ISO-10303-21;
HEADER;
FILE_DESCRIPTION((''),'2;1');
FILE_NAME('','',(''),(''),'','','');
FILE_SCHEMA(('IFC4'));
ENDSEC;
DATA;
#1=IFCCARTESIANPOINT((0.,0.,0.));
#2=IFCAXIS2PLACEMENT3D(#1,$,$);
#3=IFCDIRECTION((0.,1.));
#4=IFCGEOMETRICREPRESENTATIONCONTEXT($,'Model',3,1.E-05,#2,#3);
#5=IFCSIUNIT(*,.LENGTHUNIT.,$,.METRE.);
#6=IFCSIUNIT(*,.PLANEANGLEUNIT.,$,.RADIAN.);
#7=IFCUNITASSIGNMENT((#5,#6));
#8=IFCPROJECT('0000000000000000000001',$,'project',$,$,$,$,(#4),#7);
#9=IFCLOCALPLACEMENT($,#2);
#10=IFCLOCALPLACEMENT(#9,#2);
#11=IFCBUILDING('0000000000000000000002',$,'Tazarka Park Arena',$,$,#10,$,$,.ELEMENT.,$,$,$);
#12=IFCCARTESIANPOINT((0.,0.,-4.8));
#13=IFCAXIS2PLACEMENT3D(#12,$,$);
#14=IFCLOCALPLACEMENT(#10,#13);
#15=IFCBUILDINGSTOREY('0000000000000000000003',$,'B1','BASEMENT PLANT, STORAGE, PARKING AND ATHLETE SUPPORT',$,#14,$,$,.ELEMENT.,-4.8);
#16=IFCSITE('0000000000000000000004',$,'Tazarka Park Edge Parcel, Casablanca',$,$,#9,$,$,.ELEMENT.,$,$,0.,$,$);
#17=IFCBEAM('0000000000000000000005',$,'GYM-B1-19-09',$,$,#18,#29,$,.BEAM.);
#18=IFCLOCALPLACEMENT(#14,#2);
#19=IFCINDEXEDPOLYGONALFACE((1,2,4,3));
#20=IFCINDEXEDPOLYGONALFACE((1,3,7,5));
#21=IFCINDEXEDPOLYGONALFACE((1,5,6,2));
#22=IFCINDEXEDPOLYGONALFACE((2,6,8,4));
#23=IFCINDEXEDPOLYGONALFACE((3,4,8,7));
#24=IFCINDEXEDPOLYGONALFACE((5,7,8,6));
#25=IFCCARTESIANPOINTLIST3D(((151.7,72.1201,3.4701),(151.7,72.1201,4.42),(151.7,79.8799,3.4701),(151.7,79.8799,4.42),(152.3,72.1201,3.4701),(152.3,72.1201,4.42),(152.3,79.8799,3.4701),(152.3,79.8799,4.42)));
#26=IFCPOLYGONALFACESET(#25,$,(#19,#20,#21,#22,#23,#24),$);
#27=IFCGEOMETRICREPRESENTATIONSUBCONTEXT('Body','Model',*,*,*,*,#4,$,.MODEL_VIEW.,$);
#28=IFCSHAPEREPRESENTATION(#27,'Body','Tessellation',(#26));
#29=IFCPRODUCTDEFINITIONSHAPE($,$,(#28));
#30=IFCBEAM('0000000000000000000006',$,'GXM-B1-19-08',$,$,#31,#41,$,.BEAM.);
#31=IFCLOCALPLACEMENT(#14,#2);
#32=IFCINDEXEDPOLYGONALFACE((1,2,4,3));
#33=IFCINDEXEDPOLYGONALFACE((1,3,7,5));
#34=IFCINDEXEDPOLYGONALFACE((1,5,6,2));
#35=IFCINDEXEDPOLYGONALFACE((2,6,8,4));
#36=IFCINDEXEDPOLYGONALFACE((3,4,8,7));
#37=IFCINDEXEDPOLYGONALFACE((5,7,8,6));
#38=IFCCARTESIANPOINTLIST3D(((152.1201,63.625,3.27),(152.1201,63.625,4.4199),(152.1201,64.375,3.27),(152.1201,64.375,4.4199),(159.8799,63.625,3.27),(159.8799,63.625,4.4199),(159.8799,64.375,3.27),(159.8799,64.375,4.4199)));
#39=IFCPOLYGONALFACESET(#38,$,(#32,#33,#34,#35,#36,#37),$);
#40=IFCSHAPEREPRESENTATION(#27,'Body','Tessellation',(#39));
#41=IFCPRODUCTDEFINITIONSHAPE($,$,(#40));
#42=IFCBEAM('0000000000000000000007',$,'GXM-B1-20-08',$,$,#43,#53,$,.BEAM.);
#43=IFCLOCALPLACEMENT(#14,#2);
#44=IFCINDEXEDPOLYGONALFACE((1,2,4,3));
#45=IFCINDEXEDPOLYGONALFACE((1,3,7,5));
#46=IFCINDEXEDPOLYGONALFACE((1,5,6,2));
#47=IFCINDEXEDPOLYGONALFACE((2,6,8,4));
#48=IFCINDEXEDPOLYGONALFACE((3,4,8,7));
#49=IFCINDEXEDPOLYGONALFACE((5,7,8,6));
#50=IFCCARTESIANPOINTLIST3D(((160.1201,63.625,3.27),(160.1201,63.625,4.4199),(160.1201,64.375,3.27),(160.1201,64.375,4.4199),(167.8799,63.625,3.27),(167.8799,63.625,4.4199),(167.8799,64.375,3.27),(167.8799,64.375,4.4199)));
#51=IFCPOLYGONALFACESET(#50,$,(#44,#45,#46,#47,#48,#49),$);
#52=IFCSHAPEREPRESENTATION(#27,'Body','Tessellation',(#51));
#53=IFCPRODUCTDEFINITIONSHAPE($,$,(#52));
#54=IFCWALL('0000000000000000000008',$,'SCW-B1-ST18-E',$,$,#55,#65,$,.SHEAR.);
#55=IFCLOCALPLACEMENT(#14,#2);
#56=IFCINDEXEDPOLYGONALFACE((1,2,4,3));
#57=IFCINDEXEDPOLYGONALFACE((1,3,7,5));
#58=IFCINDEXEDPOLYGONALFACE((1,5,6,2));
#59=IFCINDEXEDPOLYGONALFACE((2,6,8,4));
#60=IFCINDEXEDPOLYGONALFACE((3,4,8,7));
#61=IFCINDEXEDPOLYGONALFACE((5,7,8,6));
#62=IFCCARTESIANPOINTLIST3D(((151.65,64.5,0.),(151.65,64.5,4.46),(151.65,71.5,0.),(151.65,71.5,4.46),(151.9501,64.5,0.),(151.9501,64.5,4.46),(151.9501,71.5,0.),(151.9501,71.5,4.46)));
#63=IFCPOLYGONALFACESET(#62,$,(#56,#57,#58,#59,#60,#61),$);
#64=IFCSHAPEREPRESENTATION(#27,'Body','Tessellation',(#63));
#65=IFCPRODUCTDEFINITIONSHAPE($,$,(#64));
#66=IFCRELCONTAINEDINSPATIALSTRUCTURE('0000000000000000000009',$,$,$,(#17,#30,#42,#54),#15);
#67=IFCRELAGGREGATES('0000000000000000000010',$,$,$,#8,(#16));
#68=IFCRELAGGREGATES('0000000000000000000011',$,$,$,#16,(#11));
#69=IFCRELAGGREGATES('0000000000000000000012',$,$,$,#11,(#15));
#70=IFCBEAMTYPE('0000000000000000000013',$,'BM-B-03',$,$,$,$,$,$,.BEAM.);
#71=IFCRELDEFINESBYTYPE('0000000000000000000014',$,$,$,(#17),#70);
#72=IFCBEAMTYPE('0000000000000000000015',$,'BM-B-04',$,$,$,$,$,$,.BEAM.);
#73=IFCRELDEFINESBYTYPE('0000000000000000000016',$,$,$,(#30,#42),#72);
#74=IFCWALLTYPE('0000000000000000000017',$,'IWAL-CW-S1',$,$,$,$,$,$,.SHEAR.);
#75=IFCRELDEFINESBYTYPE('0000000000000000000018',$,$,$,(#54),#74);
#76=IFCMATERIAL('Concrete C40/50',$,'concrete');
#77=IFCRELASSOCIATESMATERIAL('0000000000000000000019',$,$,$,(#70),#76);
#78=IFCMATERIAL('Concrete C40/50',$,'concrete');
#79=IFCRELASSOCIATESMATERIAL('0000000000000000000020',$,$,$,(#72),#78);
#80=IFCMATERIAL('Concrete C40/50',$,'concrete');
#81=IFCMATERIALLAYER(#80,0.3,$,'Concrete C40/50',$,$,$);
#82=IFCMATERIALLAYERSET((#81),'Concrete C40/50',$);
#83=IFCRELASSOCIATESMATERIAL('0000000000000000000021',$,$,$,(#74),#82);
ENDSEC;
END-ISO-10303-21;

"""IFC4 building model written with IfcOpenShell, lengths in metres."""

from ifc_helpers import new_model, si_unit, direction, frame, frame_2d, origin, origin_2d, place, context, subcontext, project, spatial, rectangle, extrude, material, layer, layer_set, material_profile, profile_set, type_object, element, save


model = new_model("IFC4")

# Units and contexts
model_context = context("Model", 3, precision=1e-05, world=origin(), true_north=direction((0.0, 1.0)))
body_context = subcontext(model_context, "Body", "Model", "MODEL_VIEW")
ifc_project = project(units=[si_unit("LENGTHUNIT", "METRE"), si_unit("PLANEANGLEUNIT", "RADIAN")], contexts=[model_context])

# Site, building, storey
site_placement = place(None, origin())
site = spatial("IfcSite", under=ifc_project, at=site_placement, Name="Tazarka Park Edge Parcel, Casablanca", CompositionType="ELEMENT", RefElevation=0.0)
building_placement = place(site_placement, origin())
building = spatial("IfcBuilding", under=site, at=building_placement, Name="Tazarka Park Arena", CompositionType="ELEMENT")
storey_placement = place(building_placement, frame((0.0, 0.0, -4.8)))
storey = spatial("IfcBuildingStorey", under=building, at=storey_placement, Name="B1", Description="BASEMENT PLANT, STORAGE, PARKING AND ATHLETE SUPPORT", CompositionType="ELEMENT", Elevation=-4.8)

# Beams
ifc_material_1 = material(Name="Concrete C40/50", Category="concrete")
ifc_material_profile_1 = material_profile(ifc_material_1, rectangle(XDim=0.6001, YDim=0.95, at=origin_2d()), Name="Concrete C40/50")
ifc_profile_set_1 = profile_set([ifc_material_profile_1], Name="Concrete C40/50")
beam_type_1 = type_object("IfcBeamType", Name="BM-B-03", PredefinedType="BEAM", material=ifc_profile_set_1)
for number, where, z_axis, x_axis, name in (
    (1, (152.0, 72.1201, 3.9451), (0.0, 1.0, 0.0), (-1.0, 0.0, 0.0), "GYM-B1-19-09"),
):
    element("IfcBeam", number, at=place(storey_placement, frame(where, z_axis=z_axis, x_axis=x_axis)), inside=storey, type_object=beam_type_1, Name=name, PredefinedType="BEAM", context=body_context, shape_type="SweptSolid", body=[
        extrude(rectangle(XDim=0.6001, YDim=0.95, at=origin_2d()), origin(), (0.0, 0.0, 1.0), 7.7598),
    ])
ifc_material_2 = material(Name="Concrete C40/50", Category="concrete")
ifc_material_profile_2 = material_profile(ifc_material_2, rectangle(XDim=0.75, YDim=1.1499, at=origin_2d()), Name="Concrete C40/50")
ifc_profile_set_2 = profile_set([ifc_material_profile_2], Name="Concrete C40/50")
beam_type_2 = type_object("IfcBeamType", Name="BM-B-04", PredefinedType="BEAM", material=ifc_profile_set_2)
for number, where, z_axis, x_axis, name in (
    (2, (152.1201, 64.0, 3.845), (1.0, 0.0, 0.0), (0.0, 1.0, 0.0), "GXM-B1-19-08"),
    (3, (160.1201, 64.0, 3.845), (1.0, 0.0, 0.0), (0.0, 1.0, 0.0), "GXM-B1-20-08"),
):
    element("IfcBeam", number, at=place(storey_placement, frame(where, z_axis=z_axis, x_axis=x_axis)), inside=storey, type_object=beam_type_2, Name=name, PredefinedType="BEAM", context=body_context, shape_type="SweptSolid", body=[
        extrude(rectangle(XDim=0.75, YDim=1.1499, at=origin_2d()), origin(), (0.0, 0.0, 1.0), 7.7598),
    ])

# Wall
ifc_material_3 = material(Name="Concrete C40/50", Category="concrete")
ifc_layer = layer(ifc_material_3, 0.3, Name="Concrete C40/50")
ifc_layer_set = layer_set([ifc_layer], Name="Concrete C40/50")
wall_type = type_object("IfcWallType", Name="IWAL-CW-S1", PredefinedType="SHEAR", material=ifc_layer_set)
wall_placement = place(storey_placement, frame((151.8, 71.5, 0.0), z_axis=(0.0, 0.0, 1.0), x_axis=(0.0, -1.0, 0.0)))
element("IfcWall", 4, at=wall_placement, inside=storey, type_object=wall_type, Name="SCW-B1-ST18-E", PredefinedType="SHEAR", context=body_context, shape_type="SweptSolid", body=[
    extrude(rectangle(XDim=7.0, YDim=0.3, at=frame_2d((3.5, 0.0))), origin(), (0.0, 0.0, 1.0), 4.46),
])

save(model, "model.ifc")
